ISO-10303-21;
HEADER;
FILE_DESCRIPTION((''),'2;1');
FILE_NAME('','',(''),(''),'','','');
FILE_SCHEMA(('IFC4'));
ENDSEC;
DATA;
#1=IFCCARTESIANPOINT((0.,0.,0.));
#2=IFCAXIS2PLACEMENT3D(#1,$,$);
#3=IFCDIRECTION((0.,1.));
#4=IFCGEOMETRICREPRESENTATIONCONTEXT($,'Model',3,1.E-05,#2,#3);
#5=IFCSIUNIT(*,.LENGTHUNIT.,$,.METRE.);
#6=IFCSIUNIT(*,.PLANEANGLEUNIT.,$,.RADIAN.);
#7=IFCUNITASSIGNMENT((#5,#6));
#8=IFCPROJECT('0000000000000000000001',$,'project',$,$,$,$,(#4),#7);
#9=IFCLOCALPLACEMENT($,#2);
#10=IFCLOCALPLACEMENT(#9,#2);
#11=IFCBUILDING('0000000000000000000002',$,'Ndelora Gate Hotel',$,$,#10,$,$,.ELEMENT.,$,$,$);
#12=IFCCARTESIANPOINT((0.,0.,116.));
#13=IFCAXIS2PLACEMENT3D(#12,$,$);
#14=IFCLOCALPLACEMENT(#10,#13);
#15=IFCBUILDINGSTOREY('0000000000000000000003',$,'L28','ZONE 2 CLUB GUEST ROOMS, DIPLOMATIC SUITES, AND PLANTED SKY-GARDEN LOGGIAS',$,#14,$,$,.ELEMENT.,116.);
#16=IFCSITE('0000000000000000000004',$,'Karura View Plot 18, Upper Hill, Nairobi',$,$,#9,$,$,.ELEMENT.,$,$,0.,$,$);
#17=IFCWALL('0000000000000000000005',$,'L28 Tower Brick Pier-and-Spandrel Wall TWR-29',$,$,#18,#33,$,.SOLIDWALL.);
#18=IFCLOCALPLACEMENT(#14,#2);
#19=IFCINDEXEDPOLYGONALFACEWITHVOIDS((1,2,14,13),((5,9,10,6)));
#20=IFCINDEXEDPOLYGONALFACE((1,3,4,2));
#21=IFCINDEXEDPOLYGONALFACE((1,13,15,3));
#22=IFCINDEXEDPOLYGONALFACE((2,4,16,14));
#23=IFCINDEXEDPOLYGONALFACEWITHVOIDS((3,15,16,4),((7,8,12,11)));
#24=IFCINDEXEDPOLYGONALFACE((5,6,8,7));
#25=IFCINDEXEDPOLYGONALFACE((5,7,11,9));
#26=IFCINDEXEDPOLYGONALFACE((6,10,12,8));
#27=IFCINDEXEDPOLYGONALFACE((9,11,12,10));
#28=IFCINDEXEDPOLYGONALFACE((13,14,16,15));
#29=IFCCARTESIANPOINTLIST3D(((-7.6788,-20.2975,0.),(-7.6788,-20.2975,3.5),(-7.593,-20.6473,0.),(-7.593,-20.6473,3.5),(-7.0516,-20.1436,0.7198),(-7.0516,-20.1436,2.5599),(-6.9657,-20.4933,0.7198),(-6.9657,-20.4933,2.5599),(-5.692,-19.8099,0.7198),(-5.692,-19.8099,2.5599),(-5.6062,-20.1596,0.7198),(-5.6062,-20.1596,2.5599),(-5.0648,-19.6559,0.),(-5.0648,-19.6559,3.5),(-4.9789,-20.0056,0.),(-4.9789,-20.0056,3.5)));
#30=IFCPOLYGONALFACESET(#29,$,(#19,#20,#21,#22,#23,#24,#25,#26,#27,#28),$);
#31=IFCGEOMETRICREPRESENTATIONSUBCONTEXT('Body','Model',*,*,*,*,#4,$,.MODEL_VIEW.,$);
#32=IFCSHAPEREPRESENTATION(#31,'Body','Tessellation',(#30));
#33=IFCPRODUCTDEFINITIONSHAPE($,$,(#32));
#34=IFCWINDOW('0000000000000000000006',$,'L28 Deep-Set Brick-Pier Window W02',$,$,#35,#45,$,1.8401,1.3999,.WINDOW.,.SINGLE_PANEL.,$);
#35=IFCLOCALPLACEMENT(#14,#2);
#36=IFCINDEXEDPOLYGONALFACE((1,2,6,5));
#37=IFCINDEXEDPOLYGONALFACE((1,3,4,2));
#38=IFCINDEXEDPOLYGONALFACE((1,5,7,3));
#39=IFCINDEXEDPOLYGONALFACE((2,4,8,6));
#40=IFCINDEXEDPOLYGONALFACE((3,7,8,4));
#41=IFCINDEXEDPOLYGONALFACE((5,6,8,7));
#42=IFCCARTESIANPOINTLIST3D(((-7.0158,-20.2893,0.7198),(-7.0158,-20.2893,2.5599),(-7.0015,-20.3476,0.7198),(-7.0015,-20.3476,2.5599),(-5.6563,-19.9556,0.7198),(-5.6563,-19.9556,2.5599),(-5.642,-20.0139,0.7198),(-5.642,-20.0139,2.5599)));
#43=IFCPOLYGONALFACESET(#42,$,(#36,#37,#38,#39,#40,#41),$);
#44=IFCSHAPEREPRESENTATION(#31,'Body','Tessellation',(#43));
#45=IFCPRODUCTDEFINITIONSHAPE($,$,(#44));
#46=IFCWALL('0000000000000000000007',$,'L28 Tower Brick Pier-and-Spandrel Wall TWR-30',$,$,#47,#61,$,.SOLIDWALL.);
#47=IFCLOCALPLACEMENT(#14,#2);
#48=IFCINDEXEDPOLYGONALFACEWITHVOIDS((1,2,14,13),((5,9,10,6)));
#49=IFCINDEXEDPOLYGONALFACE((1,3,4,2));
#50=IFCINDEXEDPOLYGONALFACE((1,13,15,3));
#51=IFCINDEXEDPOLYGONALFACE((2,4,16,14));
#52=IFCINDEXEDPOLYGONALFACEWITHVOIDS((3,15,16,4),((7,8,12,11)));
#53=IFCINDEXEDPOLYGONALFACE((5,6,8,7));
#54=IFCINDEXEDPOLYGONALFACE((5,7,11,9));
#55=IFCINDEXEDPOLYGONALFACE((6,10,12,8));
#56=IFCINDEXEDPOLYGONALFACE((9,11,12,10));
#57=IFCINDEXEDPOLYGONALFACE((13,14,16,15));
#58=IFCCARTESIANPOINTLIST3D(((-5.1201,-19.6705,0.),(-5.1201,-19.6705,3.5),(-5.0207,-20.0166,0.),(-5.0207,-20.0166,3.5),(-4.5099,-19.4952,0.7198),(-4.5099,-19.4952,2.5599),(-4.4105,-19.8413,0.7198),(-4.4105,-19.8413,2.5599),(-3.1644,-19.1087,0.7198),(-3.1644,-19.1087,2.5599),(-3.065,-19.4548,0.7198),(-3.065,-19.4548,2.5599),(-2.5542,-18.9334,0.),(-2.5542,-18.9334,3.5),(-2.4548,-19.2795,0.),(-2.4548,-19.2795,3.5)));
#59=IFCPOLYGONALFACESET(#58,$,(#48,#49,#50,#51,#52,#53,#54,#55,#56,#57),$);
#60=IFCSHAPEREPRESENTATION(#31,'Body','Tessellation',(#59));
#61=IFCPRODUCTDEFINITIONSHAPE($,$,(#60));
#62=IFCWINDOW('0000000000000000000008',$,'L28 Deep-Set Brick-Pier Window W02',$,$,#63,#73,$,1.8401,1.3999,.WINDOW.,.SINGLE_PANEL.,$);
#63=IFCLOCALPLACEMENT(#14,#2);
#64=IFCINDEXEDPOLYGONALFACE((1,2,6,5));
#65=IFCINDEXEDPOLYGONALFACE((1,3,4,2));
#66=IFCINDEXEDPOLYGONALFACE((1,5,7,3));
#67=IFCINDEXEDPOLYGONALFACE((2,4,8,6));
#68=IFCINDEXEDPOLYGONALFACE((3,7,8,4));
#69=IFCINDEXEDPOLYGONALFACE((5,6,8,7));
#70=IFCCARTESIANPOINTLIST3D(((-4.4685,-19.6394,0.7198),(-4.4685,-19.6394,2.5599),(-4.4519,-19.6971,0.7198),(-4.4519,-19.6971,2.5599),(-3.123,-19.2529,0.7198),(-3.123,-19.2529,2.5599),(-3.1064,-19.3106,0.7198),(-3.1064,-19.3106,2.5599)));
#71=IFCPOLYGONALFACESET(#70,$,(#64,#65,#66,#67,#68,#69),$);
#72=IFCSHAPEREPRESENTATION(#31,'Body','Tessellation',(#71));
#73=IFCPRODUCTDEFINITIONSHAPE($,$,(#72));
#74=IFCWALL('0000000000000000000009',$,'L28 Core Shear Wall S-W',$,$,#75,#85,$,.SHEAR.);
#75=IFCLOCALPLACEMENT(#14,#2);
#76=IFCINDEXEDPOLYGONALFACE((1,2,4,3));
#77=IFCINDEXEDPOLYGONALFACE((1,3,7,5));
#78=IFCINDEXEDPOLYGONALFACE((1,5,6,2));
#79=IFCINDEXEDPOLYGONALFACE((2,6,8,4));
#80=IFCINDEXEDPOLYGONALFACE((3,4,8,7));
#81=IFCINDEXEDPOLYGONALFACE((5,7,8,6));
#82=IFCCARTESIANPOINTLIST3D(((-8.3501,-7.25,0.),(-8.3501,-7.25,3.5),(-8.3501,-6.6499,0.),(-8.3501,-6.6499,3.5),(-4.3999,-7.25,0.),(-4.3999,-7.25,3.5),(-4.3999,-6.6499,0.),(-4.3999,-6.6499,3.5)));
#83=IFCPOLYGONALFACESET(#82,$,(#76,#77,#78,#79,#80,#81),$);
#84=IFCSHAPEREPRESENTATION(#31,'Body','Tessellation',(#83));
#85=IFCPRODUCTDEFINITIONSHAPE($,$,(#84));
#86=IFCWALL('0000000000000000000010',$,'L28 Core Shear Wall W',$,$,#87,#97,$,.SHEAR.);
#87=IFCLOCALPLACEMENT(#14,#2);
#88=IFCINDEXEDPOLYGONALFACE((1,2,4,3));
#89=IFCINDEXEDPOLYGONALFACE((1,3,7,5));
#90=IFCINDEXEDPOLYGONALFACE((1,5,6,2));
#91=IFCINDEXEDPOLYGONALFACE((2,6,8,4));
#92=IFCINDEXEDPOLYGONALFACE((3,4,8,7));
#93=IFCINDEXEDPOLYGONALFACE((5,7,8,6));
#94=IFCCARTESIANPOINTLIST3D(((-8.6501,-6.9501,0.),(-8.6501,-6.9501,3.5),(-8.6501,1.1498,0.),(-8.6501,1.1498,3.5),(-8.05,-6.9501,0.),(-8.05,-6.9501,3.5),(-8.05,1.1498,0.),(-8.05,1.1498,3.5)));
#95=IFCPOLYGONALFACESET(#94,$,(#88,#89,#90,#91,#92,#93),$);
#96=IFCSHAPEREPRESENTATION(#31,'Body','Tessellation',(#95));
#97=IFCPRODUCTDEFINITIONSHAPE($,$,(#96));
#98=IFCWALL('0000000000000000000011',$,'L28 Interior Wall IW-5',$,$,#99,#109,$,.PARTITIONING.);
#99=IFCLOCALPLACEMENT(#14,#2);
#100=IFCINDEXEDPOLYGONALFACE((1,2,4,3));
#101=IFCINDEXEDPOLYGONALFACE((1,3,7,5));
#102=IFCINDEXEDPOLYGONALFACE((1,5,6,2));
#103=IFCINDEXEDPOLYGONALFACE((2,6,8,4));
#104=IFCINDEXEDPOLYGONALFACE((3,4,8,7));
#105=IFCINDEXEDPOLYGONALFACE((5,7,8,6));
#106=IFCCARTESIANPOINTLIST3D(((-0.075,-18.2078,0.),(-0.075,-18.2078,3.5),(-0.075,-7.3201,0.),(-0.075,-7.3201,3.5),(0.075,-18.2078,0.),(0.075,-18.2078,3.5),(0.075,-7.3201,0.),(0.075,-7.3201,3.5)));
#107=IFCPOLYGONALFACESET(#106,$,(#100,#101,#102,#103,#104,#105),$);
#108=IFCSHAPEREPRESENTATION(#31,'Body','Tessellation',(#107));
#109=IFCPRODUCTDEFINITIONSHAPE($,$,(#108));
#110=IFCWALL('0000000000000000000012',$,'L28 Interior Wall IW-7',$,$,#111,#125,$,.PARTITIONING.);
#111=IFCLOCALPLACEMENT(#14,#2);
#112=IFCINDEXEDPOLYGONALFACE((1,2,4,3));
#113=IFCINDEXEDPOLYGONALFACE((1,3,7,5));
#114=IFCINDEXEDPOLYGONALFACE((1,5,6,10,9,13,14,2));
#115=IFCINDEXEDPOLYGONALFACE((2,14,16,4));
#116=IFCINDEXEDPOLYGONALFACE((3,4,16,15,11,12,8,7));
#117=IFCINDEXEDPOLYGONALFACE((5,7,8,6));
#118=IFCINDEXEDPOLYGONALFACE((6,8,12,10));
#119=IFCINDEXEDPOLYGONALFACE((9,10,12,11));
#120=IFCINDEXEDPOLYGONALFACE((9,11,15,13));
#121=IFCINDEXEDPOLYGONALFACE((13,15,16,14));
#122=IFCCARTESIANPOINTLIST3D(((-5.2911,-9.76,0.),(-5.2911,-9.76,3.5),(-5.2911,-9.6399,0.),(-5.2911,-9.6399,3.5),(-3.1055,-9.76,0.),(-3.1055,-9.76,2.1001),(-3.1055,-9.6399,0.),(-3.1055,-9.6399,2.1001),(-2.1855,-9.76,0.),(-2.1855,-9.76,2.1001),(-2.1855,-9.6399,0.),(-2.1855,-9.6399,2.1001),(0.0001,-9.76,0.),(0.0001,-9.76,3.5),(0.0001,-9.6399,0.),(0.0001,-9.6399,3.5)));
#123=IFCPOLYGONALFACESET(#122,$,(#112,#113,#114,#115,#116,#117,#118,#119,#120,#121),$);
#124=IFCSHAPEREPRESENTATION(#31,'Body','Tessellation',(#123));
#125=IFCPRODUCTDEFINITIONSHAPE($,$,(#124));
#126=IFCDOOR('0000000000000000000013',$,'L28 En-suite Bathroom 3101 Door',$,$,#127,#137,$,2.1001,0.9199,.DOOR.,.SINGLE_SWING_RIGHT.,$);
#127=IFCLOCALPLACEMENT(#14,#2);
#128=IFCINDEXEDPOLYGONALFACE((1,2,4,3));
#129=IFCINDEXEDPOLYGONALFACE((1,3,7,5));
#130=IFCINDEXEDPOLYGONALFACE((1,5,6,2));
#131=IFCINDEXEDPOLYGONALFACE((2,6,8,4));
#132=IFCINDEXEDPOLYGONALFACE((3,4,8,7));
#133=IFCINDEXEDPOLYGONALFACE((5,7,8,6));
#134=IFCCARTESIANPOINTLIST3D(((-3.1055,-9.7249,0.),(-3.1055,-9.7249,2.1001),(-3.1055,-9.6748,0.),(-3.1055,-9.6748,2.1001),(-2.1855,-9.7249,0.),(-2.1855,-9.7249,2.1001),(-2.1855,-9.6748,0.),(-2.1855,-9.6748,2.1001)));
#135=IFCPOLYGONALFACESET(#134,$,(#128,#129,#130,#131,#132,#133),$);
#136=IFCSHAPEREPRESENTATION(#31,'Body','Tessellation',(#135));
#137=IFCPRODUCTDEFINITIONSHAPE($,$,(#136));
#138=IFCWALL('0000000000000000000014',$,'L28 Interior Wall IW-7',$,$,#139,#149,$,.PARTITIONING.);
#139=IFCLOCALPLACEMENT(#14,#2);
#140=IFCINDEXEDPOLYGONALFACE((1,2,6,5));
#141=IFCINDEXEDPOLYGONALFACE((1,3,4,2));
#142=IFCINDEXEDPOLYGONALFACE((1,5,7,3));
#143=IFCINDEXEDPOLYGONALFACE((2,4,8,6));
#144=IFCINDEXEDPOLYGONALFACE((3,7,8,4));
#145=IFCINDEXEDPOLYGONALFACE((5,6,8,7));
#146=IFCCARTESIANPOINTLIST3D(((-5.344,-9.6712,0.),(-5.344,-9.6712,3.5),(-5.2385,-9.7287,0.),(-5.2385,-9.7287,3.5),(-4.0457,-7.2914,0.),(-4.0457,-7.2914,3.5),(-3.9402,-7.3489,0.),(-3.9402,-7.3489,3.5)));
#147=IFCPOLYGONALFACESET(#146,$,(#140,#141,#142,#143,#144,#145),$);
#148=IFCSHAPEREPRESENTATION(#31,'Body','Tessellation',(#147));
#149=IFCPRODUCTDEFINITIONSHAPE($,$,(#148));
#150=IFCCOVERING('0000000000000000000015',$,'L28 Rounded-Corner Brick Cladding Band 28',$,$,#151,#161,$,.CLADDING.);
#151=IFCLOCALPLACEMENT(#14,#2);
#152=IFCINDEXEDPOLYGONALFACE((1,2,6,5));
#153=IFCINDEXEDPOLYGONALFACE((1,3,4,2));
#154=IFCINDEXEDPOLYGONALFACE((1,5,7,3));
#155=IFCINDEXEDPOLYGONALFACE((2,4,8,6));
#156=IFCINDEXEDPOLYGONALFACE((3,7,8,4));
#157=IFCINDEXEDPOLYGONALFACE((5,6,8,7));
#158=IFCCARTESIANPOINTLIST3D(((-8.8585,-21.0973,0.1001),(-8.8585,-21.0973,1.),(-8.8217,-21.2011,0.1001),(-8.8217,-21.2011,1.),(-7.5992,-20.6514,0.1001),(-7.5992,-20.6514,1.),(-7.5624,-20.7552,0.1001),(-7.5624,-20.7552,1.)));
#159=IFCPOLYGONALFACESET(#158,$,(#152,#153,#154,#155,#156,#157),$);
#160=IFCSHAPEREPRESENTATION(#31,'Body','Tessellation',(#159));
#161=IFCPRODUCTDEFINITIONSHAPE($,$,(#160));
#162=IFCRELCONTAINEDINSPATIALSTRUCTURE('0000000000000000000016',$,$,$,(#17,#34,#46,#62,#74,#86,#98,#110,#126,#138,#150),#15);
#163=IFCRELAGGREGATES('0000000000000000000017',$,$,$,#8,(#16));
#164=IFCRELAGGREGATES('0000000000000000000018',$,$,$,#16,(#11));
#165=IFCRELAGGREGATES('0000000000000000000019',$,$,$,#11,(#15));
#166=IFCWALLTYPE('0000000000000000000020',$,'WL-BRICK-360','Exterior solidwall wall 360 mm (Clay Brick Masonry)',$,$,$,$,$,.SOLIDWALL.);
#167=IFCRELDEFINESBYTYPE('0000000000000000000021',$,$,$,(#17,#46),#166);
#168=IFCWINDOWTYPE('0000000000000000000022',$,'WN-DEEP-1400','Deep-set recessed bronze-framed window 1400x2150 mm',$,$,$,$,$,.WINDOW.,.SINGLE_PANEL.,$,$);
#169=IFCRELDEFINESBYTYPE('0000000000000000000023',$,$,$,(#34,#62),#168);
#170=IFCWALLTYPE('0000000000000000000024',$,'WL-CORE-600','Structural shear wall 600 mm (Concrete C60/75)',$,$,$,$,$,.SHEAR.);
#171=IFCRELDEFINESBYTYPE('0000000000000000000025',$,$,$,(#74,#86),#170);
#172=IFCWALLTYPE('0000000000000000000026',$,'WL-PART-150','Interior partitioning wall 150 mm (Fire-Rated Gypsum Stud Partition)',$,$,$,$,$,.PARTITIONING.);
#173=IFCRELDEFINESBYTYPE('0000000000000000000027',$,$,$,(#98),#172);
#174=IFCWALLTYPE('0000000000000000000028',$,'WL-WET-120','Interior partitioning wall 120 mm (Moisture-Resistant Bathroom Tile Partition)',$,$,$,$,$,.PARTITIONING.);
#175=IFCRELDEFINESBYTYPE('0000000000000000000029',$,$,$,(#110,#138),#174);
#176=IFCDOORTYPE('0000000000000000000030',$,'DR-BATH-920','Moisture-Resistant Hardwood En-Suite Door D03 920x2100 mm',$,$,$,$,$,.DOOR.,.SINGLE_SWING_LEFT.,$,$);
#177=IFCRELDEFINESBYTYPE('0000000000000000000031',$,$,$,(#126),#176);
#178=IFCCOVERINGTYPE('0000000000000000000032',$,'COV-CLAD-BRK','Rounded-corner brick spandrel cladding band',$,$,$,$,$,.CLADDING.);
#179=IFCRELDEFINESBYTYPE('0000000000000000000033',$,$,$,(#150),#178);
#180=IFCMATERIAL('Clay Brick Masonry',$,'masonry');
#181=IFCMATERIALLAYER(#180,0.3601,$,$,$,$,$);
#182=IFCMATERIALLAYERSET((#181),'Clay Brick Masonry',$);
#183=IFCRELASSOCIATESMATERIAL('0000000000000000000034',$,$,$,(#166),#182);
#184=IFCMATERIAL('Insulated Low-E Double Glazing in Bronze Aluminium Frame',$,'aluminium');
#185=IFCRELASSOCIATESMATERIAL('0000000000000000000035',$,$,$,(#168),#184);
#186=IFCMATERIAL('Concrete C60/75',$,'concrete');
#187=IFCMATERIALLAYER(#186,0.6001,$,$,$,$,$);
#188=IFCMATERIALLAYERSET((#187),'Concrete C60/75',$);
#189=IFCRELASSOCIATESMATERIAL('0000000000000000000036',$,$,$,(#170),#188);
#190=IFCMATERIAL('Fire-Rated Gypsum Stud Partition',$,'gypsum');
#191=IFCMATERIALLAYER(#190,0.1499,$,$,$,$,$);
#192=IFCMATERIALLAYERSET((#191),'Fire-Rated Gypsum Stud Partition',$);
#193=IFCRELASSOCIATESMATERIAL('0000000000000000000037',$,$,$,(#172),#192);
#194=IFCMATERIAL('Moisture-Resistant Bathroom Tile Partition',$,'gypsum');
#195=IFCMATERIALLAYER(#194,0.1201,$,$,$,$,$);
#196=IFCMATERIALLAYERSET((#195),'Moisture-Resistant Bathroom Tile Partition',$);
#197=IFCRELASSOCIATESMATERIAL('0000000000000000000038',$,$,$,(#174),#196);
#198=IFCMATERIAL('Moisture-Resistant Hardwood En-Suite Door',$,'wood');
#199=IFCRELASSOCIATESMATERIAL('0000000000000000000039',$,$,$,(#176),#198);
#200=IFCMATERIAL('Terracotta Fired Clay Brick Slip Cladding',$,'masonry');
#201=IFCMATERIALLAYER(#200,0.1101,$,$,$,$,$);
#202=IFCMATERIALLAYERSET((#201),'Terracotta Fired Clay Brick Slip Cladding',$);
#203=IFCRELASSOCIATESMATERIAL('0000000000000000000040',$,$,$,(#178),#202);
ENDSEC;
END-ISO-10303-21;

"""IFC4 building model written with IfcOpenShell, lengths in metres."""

from ifc_helpers import new_model, si_unit, direction, frame, frame_2d, origin, origin_2d, place, context, subcontext, project, spatial, rectangle, extrude, material, layer, layer_set, type_object, element, fill, save


model = new_model("IFC4")

# Units and contexts
model_context = context("Model", 3, precision=1e-05, world=origin(), true_north=direction((0.0, 1.0)))
body_context = subcontext(model_context, "Body", "Model", "MODEL_VIEW")
ifc_project = project(units=[si_unit("LENGTHUNIT", "METRE"), si_unit("PLANEANGLEUNIT", "RADIAN")], contexts=[model_context])

# Site, building, storey
site_placement = place(None, origin())
site = spatial("IfcSite", under=ifc_project, at=site_placement, Name="Karura View Plot 18, Upper Hill, Nairobi", CompositionType="ELEMENT", RefElevation=0.0)
building_placement = place(site_placement, origin())
building = spatial("IfcBuilding", under=site, at=building_placement, Name="Ndelora Gate Hotel", CompositionType="ELEMENT")
storey_placement = place(building_placement, frame((0.0, 0.0, 116.0)))
storey = spatial("IfcBuildingStorey", under=building, at=storey_placement, Name="L28", Description="ZONE 2 CLUB GUEST ROOMS, DIPLOMATIC SUITES, AND PLANTED SKY-GARDEN LOGGIAS", CompositionType="ELEMENT", Elevation=116.0)

# Shared definitions
ifc_material_1 = material(Name="Concrete C60/75", Category="concrete")

# Shared definitions
ifc_material_2 = material(Name="Clay Brick Masonry", Category="masonry")
ifc_layer_1 = layer(ifc_material_2, 0.3601)
ifc_layer_set_1 = layer_set([ifc_layer_1], Name="Clay Brick Masonry")
wall_type_1 = type_object("IfcWallType", Name="WL-BRICK-360", Description="Exterior solidwall wall 360 mm (Clay Brick Masonry)", PredefinedType="SOLIDWALL", material=ifc_layer_set_1)

# Walls, openings, windows
wall_1_placement = place(storey_placement, frame((-5.022, -19.8308, 0.0), z_axis=(0.0, 0.0, 1.0), x_axis=(-0.971174, -0.238372, 0.0)))
wall_1 = element("IfcWall", 1, at=wall_1_placement, inside=storey, type_object=wall_type_1, Name="L28 Tower Brick Pier-and-Spandrel Wall TWR-29", PredefinedType="SOLIDWALL", context=body_context, shape_type="SweptSolid", body=[
    extrude(rectangle(XDim=2.6917, YDim=0.3601, at=frame_2d((1.3457, 0.0))), origin(), (0.0, 0.0, 1.0), 3.5),
])
opening_1_placement = place(wall_1_placement, frame((0.6458, 0.0, 0.72)))
opening_1 = element("IfcOpeningElement", 2, at=opening_1_placement, cuts=wall_1, PredefinedType="OPENING", context=body_context, shape_type="SweptSolid", body=[
    extrude(rectangle(XDim=1.3999, YDim=1.8401, at=frame_2d((0.7, 0.9199))), frame((0.0, 0.1899, 0.0), z_axis=(0.0, -1.0, 0.0), x_axis=(1.0, 0.0, 0.0)), (0.0, 0.0, 1.0), 0.3801),
])
ifc_material_3 = material(Name="Insulated Low-E Double Glazing in Bronze Aluminium Frame", Category="aluminium")
window_type = type_object("IfcWindowType", Name="WN-DEEP-1400", Description="Deep-set recessed bronze-framed window 1400x2150 mm", PartitioningType="SINGLE_PANEL", PredefinedType="WINDOW", material=ifc_material_3)
window_1_placement = place(opening_1_placement, origin())
window_1 = element("IfcWindow", 3, at=window_1_placement, inside=storey, type_object=window_type, Name="L28 Deep-Set Brick-Pier Window W02", OverallHeight=1.8401, OverallWidth=1.3999, PartitioningType="SINGLE_PANEL", PredefinedType="WINDOW", context=body_context, shape_type="SweptSolid", body=[
    extrude(rectangle(XDim=1.3999, YDim=1.8401, at=frame_2d((0.7, 0.9199))), frame((0.0, 0.03, 0.0), z_axis=(0.0, -1.0, 0.0), x_axis=(1.0, 0.0, 0.0)), (0.0, 0.0, 1.0), 0.0601),
])
fill(opening_1, window_1)
wall_2_placement = place(storey_placement, frame((-2.5044, -19.1064, 0.0), z_axis=(0.0, 0.0, 1.0), x_axis=(-0.961133, -0.276086, 0.0)))
wall_2 = element("IfcWall", 4, at=wall_2_placement, inside=storey, type_object=wall_type_1, Name="L28 Tower Brick Pier-and-Spandrel Wall TWR-30", PredefinedType="SOLIDWALL", context=body_context, shape_type="SweptSolid", body=[
    extrude(rectangle(XDim=2.6697, YDim=0.3601, at=frame_2d((1.335, 0.0))), origin(), (0.0, 0.0, 1.0), 3.5),
])
opening_2_placement = place(wall_2_placement, frame((0.635, 0.0, 0.72)))
opening_2 = element("IfcOpeningElement", 5, at=opening_2_placement, cuts=wall_2, PredefinedType="OPENING", context=body_context, shape_type="SweptSolid", body=[
    extrude(rectangle(XDim=1.3999, YDim=1.8401, at=frame_2d((0.7, 0.9199))), frame((0.0, 0.1899, 0.0), z_axis=(0.0, -1.0, 0.0), x_axis=(1.0, 0.0, 0.0)), (0.0, 0.0, 1.0), 0.3801),
])
window_2_placement = place(opening_2_placement, origin())
window_2 = element("IfcWindow", 6, at=window_2_placement, inside=storey, type_object=window_type, Name="L28 Deep-Set Brick-Pier Window W02", OverallHeight=1.8401, OverallWidth=1.3999, PartitioningType="SINGLE_PANEL", PredefinedType="WINDOW", context=body_context, shape_type="SweptSolid", body=[
    extrude(rectangle(XDim=1.3999, YDim=1.8401, at=frame_2d((0.7, 0.9199))), frame((0.0, 0.03, 0.0), z_axis=(0.0, -1.0, 0.0), x_axis=(1.0, 0.0, 0.0)), (0.0, 0.0, 1.0), 0.0601),
])
fill(opening_2, window_2)

# Walls
ifc_layer_2 = layer(ifc_material_1, 0.6001)
ifc_layer_set_2 = layer_set([ifc_layer_2], Name="Concrete C60/75")
wall_type_2 = type_object("IfcWallType", Name="WL-CORE-600", Description="Structural shear wall 600 mm (Concrete C60/75)", PredefinedType="SHEAR", material=ifc_layer_set_2)
wall_3_placement = place(storey_placement, frame((-8.3501, -6.95, 0.0), z_axis=(0.0, 0.0, 1.0), x_axis=(1.0, 0.0, 0.0)))
element("IfcWall", 7, at=wall_3_placement, inside=storey, type_object=wall_type_2, Name="L28 Core Shear Wall S-W", PredefinedType="SHEAR", context=body_context, shape_type="SweptSolid", body=[
    extrude(rectangle(XDim=3.9502, YDim=0.6001, at=frame_2d((1.9751, 0.0))), origin(), (0.0, 0.0, 1.0), 3.5),
])
wall_4_placement = place(storey_placement, frame((-8.3501, -6.95, 0.0), z_axis=(0.0, 0.0, 1.0), x_axis=(0.0, 1.0, 0.0)))
element("IfcWall", 8, at=wall_4_placement, inside=storey, type_object=wall_type_2, Name="L28 Core Shear Wall W", PredefinedType="SHEAR", context=body_context, shape_type="SweptSolid", body=[
    extrude(rectangle(XDim=8.0999, YDim=0.6001, at=frame_2d((4.0498, 0.0))), origin(), (0.0, 0.0, 1.0), 3.5),
])
ifc_material_4 = material(Name="Fire-Rated Gypsum Stud Partition", Category="gypsum")
ifc_layer_3 = layer(ifc_material_4, 0.1499)
ifc_layer_set_3 = layer_set([ifc_layer_3], Name="Fire-Rated Gypsum Stud Partition")
wall_type_3 = type_object("IfcWallType", Name="WL-PART-150", Description="Interior partitioning wall 150 mm (Fire-Rated Gypsum Stud Partition)", PredefinedType="PARTITIONING", material=ifc_layer_set_3)
wall_5_placement = place(storey_placement, frame((0.0, -7.3201, 0.0), z_axis=(0.0, 0.0, 1.0), x_axis=(0.0, -1.0, 0.0)))
element("IfcWall", 9, at=wall_5_placement, inside=storey, type_object=wall_type_3, Name="L28 Interior Wall IW-5", PredefinedType="PARTITIONING", context=body_context, shape_type="SweptSolid", body=[
    extrude(rectangle(XDim=10.8877, YDim=0.1499, at=frame_2d((5.4438, 0.0))), origin(), (0.0, 0.0, 1.0), 3.5),
])

# Wall, opening, door
ifc_material_5 = material(Name="Moisture-Resistant Bathroom Tile Partition", Category="gypsum")
ifc_layer_4 = layer(ifc_material_5, 0.1201)
ifc_layer_set_4 = layer_set([ifc_layer_4], Name="Moisture-Resistant Bathroom Tile Partition")
wall_type_4 = type_object("IfcWallType", Name="WL-WET-120", Description="Interior partitioning wall 120 mm (Moisture-Resistant Bathroom Tile Partition)", PredefinedType="PARTITIONING", material=ifc_layer_set_4)
wall_6_placement = place(storey_placement, frame((0.0, -9.7, 0.0), z_axis=(0.0, 0.0, 1.0), x_axis=(-1.0, 0.0, 0.0)))
wall_6 = element("IfcWall", 10, at=wall_6_placement, inside=storey, type_object=wall_type_4, Name="L28 Interior Wall IW-7", PredefinedType="PARTITIONING", context=body_context, shape_type="SweptSolid", body=[
    extrude(rectangle(XDim=5.2913, YDim=0.1201, at=frame_2d((2.6455, 0.0))), origin(), (0.0, 0.0, 1.0), 3.5),
])
opening_3_placement = place(wall_6_placement, frame((2.1855, 0.0, 0.0)))
opening_3 = element("IfcOpeningElement", 11, at=opening_3_placement, cuts=wall_6, PredefinedType="OPENING", context=body_context, shape_type="SweptSolid", body=[
    extrude(rectangle(XDim=0.9199, YDim=2.1001, at=frame_2d((0.46, 1.05))), frame((0.0, 0.0701, 0.0), z_axis=(0.0, -1.0, 0.0), x_axis=(1.0, 0.0, 0.0)), (0.0, 0.0, 1.0), 0.1401),
])
ifc_material_6 = material(Name="Moisture-Resistant Hardwood En-Suite Door", Category="wood")
door_type = type_object("IfcDoorType", Name="DR-BATH-920", Description="Moisture-Resistant Hardwood En-Suite Door D03 920x2100 mm", OperationType="SINGLE_SWING_LEFT", PredefinedType="DOOR", material=ifc_material_6)
door_placement = place(opening_3_placement, origin())
door = element("IfcDoor", 12, at=door_placement, inside=storey, type_object=door_type, Name="L28 En-suite Bathroom 3101 Door", OperationType="SINGLE_SWING_RIGHT", OverallHeight=2.1001, OverallWidth=0.9199, PredefinedType="DOOR", context=body_context, shape_type="SweptSolid", body=[
    extrude(rectangle(XDim=0.9199, YDim=2.1001, at=frame_2d((0.46, 1.05))), frame((0.0, 0.0249, 0.0), z_axis=(0.0, -1.0, 0.0), x_axis=(1.0, 0.0, 0.0)), (0.0, 0.0, 1.0), 0.05),
])
fill(opening_3, door)

# Wall
wall_7_placement = place(storey_placement, frame((-5.2913, -9.7, 0.0), z_axis=(0.0, 0.0, 1.0), x_axis=(0.478915, 0.877861, 0.0)))
element("IfcWall", 13, at=wall_7_placement, inside=storey, type_object=wall_type_4, Name="L28 Interior Wall IW-7", PredefinedType="PARTITIONING", context=body_context, shape_type="SweptSolid", body=[
    extrude(rectangle(XDim=2.7109, YDim=0.1201, at=frame_2d((1.3555, 0.0))), origin(), (0.0, 0.0, 1.0), 3.5),
])

# Covering
ifc_material_7 = material(Name="Terracotta Fired Clay Brick Slip Cladding", Category="masonry")
ifc_layer_5 = layer(ifc_material_7, 0.1101)
ifc_layer_set_5 = layer_set([ifc_layer_5], Name="Terracotta Fired Clay Brick Slip Cladding")
covering_type_1 = type_object("IfcCoveringType", Name="COV-CLAD-BRK", Description="Rounded-corner brick spandrel cladding band", PredefinedType="CLADDING", material=ifc_layer_set_5)
covering_1_placement = place(storey_placement, frame((-8.2104, -20.9263, 0.1001), z_axis=(0.0, 0.0, 1.0), x_axis=(0.942641, 0.333807, 0.0)))
element("IfcCovering", 14, at=covering_1_placement, inside=storey, type_object=covering_type_1, Name="L28 Rounded-Corner Brick Cladding Band 28", PredefinedType="CLADDING", context=body_context, shape_type="SweptSolid", body=[
    extrude(rectangle(XDim=1.3359, YDim=0.1101, at=origin_2d()), origin(), (0.0, 0.0, 1.0), 0.8999),
])

save(model, "model.ifc")
